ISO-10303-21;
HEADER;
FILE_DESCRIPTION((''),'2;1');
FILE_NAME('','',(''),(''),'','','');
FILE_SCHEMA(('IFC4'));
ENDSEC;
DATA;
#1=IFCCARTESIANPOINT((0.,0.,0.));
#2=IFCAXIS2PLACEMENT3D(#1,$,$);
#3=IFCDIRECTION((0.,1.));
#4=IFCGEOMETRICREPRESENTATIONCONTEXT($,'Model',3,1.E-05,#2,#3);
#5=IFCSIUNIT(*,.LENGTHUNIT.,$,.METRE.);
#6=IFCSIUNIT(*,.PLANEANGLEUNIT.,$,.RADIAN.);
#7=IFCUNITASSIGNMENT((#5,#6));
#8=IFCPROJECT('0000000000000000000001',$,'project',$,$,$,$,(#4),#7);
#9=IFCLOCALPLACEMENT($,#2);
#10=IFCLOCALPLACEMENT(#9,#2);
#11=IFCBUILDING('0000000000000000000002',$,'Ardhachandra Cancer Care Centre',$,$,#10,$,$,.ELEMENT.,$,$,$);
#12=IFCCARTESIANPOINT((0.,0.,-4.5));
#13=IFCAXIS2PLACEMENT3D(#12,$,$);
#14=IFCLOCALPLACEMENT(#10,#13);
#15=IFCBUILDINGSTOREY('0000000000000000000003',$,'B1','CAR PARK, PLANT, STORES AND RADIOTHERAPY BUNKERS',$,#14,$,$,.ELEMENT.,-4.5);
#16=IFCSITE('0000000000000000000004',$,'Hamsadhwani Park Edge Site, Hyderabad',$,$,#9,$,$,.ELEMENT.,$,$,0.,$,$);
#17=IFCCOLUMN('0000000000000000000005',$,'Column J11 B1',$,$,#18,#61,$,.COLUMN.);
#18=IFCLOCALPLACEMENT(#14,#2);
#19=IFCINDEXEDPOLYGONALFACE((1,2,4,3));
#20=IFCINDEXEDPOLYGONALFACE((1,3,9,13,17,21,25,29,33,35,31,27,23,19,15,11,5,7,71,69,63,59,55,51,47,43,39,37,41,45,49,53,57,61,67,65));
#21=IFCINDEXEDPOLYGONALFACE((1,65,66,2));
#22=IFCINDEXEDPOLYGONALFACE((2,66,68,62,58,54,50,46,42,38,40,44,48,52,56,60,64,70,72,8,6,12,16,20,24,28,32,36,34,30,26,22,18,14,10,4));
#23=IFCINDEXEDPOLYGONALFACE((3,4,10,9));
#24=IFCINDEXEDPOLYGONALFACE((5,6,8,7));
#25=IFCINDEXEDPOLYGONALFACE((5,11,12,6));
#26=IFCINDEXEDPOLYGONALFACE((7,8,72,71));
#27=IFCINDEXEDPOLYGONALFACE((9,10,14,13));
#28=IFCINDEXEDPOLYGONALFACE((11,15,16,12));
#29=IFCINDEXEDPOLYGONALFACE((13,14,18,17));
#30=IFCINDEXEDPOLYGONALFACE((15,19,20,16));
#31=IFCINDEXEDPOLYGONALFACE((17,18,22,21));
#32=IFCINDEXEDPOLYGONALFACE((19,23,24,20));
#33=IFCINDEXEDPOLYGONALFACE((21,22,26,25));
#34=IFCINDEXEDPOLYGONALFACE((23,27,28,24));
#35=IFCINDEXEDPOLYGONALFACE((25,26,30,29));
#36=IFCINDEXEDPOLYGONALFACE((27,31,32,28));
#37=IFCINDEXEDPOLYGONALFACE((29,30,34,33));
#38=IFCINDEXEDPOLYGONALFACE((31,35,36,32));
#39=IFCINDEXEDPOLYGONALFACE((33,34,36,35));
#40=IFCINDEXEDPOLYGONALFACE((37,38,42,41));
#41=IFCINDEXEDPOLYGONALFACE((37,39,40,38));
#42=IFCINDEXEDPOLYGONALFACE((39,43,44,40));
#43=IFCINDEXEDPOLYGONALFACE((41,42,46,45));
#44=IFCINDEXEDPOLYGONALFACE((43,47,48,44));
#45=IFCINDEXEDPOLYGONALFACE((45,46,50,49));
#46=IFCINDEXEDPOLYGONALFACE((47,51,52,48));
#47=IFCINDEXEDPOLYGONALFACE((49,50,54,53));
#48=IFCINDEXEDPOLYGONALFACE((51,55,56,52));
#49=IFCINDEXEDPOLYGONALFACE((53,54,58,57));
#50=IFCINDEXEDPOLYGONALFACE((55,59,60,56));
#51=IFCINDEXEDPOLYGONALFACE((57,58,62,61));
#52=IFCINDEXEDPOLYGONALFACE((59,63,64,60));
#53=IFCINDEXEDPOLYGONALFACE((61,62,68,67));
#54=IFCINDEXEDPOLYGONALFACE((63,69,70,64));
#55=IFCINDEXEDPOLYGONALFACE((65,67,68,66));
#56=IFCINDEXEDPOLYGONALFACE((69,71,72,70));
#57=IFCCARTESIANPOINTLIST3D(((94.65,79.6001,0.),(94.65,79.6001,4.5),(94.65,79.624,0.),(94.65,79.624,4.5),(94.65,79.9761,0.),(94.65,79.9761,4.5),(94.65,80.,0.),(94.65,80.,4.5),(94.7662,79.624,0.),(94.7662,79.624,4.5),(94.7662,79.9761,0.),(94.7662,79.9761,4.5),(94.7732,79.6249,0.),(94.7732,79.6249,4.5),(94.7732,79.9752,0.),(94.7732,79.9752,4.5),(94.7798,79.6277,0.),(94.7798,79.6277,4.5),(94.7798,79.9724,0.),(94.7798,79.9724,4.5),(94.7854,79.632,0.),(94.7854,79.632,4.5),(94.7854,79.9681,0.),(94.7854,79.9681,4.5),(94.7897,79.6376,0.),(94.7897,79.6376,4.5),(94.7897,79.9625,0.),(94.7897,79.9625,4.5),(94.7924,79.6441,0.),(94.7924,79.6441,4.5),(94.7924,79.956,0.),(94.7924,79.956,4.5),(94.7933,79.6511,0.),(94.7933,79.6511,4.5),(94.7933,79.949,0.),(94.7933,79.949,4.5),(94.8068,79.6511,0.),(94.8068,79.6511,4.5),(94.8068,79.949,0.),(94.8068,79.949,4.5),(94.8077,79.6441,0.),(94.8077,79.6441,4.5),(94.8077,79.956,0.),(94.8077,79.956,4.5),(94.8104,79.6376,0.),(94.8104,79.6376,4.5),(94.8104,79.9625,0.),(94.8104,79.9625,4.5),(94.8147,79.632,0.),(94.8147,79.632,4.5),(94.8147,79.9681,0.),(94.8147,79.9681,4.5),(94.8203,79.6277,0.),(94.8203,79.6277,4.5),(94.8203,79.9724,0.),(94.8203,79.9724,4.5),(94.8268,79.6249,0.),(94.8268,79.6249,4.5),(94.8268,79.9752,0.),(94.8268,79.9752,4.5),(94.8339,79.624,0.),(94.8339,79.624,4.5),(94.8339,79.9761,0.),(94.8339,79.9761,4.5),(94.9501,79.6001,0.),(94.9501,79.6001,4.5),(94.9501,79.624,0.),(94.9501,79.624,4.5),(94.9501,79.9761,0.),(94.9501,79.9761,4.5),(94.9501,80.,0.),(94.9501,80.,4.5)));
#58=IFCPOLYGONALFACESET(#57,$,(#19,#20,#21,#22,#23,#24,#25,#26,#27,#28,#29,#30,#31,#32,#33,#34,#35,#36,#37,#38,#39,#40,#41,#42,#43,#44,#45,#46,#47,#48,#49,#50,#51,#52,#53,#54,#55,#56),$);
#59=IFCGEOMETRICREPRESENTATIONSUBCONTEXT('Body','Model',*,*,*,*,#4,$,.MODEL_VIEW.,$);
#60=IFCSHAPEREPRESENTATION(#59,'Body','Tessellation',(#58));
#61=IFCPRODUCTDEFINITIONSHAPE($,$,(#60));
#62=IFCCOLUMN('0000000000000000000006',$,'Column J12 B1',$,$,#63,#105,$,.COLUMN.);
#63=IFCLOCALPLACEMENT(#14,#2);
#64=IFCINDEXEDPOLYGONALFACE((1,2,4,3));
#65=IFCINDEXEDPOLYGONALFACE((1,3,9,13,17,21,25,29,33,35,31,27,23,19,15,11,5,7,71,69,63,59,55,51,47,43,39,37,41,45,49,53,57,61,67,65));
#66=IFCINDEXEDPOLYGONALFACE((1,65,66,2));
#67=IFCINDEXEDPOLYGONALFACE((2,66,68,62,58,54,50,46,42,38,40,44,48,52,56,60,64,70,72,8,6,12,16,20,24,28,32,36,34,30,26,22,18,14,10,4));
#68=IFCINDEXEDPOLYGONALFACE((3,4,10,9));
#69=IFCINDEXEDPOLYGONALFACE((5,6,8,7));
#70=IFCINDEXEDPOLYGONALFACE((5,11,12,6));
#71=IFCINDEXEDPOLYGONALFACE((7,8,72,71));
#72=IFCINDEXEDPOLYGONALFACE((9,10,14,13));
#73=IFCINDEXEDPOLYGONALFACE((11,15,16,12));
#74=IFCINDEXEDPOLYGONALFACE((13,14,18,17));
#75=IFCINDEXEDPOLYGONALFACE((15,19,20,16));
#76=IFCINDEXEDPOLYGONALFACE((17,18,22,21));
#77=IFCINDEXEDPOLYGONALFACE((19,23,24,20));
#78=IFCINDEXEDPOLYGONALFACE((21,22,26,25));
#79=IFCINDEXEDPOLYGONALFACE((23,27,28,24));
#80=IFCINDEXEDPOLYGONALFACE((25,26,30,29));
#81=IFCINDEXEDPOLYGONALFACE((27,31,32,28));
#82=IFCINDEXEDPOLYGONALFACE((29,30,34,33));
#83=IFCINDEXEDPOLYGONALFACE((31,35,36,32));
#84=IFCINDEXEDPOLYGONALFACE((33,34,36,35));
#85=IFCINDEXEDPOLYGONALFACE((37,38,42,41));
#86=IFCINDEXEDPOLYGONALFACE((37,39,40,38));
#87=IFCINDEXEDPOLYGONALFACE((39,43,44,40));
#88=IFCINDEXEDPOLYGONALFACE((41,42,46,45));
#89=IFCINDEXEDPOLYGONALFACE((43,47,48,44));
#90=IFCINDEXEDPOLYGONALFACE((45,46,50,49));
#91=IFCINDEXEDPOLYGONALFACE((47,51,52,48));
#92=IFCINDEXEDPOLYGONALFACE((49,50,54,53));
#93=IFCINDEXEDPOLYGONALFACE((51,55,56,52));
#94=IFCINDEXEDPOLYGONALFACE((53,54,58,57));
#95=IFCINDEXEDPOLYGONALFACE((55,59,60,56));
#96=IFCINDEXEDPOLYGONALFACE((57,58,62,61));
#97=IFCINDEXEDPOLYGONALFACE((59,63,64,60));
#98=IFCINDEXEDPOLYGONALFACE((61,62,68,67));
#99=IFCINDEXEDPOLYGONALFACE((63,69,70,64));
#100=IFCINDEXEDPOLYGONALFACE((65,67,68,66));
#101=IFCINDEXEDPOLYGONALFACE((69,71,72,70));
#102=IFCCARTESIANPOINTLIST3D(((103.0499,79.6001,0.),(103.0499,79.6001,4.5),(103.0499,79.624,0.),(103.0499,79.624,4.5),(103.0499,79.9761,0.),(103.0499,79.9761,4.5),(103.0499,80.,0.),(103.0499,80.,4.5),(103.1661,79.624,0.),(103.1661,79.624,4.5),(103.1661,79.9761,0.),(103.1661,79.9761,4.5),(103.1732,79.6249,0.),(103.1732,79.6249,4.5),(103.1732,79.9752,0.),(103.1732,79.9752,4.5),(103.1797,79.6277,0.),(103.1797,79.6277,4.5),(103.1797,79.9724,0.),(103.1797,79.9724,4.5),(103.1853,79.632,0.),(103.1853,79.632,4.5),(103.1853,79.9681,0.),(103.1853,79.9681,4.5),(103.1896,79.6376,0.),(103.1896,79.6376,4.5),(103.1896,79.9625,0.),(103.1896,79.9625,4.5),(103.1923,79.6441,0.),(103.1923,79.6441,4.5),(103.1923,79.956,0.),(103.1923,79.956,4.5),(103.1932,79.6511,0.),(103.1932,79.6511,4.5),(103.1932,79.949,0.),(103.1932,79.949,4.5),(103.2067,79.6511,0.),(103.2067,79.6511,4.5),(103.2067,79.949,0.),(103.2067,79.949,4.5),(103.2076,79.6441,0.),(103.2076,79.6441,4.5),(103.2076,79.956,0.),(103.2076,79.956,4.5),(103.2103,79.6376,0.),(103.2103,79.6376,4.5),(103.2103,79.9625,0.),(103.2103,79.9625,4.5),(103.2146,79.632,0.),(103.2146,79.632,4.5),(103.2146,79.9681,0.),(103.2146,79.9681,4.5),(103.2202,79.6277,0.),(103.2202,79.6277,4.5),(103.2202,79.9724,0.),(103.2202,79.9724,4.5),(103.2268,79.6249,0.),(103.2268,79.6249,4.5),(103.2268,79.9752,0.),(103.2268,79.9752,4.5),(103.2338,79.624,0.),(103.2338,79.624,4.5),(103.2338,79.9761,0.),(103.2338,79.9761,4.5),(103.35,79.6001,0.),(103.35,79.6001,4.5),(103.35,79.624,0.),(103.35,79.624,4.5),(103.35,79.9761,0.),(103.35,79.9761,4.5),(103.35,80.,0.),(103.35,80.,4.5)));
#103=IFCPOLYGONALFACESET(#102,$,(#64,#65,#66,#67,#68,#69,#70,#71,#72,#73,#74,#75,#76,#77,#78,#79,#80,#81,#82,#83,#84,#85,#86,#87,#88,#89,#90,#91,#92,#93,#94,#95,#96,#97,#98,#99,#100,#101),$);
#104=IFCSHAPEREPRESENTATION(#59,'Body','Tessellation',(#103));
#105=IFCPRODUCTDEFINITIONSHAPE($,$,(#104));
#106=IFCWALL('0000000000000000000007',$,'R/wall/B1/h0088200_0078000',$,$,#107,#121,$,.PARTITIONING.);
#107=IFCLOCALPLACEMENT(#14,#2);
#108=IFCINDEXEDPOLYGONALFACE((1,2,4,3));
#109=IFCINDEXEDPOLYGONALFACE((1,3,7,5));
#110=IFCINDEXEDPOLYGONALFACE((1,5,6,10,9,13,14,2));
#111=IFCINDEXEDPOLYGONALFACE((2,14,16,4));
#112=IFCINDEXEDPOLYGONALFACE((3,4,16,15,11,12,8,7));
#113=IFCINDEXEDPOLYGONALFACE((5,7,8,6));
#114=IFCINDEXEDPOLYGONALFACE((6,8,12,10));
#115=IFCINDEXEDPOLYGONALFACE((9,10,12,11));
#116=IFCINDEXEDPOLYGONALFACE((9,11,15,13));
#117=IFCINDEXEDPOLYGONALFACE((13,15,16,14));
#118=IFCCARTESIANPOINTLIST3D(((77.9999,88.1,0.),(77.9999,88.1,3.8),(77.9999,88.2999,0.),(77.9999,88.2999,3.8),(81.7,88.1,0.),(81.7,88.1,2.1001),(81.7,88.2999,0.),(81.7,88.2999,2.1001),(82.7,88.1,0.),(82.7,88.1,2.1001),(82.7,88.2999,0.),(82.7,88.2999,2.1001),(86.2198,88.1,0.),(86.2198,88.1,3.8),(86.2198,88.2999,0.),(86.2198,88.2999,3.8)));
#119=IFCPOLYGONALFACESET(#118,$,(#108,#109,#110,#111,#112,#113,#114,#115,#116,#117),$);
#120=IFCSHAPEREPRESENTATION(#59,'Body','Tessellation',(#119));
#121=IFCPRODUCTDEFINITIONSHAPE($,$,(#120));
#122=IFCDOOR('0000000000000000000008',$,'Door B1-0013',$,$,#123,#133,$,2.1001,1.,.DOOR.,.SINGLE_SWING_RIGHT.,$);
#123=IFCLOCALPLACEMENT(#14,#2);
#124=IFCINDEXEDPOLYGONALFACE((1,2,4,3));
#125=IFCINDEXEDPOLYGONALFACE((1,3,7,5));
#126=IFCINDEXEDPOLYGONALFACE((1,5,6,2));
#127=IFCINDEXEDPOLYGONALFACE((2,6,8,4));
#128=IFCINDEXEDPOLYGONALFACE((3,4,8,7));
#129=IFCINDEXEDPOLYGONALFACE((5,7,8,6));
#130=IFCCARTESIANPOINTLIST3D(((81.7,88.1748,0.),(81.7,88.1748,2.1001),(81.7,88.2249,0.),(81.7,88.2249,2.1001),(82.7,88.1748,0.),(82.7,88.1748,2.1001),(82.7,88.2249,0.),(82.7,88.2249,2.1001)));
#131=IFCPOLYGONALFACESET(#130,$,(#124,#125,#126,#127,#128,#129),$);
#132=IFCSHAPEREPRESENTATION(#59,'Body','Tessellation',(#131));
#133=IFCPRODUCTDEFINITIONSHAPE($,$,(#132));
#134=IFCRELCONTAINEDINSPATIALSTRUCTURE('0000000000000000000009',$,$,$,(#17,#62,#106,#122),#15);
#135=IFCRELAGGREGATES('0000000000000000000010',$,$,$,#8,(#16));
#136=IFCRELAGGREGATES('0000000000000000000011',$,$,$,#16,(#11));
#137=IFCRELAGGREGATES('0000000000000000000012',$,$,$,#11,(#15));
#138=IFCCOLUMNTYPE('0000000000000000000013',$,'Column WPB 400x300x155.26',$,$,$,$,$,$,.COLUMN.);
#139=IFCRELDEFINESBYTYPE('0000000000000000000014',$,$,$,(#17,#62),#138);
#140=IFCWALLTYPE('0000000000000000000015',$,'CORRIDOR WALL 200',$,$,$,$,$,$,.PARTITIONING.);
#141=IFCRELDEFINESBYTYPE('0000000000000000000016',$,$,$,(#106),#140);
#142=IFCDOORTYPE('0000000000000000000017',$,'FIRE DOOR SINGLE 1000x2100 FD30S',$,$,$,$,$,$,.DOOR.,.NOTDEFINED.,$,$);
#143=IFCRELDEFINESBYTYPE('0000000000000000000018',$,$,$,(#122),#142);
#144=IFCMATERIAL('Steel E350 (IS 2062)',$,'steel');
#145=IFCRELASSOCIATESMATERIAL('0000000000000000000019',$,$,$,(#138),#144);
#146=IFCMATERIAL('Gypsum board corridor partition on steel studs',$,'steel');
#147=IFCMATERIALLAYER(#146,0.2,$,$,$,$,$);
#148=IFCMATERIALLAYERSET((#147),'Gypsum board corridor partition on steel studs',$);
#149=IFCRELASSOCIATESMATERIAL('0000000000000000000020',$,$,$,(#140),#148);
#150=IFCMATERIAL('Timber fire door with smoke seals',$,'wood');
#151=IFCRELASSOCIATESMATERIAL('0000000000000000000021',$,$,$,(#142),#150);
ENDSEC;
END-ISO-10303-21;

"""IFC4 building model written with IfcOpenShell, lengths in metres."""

from ifc_helpers import new_model, si_unit, direction, frame, frame_2d, origin, origin_2d, place, context, subcontext, project, spatial, rectangle, i_section, extrude, material, layer, layer_set, material_profile, profile_set, type_object, element, fill, save


model = new_model("IFC4")

# Units and contexts
model_context = context("Model", 3, precision=1e-05, world=origin(), true_north=direction((0.0, 1.0)))
body_context = subcontext(model_context, "Body", "Model", "MODEL_VIEW")
ifc_project = project(units=[si_unit("LENGTHUNIT", "METRE"), si_unit("PLANEANGLEUNIT", "RADIAN")], contexts=[model_context])

# Site, building, storey
site_placement = place(None, origin())
site = spatial("IfcSite", under=ifc_project, at=site_placement, Name="Hamsadhwani Park Edge Site, Hyderabad", CompositionType="ELEMENT", RefElevation=0.0)
building_placement = place(site_placement, origin())
building = spatial("IfcBuilding", under=site, at=building_placement, Name="Ardhachandra Cancer Care Centre", CompositionType="ELEMENT")
storey_placement = place(building_placement, frame((0.0, 0.0, -4.5)))
storey = spatial("IfcBuildingStorey", under=building, at=storey_placement, Name="B1", Description="CAR PARK, PLANT, STORES AND RADIOTHERAPY BUNKERS", CompositionType="ELEMENT", Elevation=-4.5)

# Columns
ifc_material_1 = material(Name="Steel E350 (IS 2062)", Category="steel")
ifc_material_profile_1 = material_profile(ifc_material_1, i_section(OverallWidth=0.3, OverallDepth=0.3999, WebThickness=0.0134, FlangeThickness=0.0239, FilletRadius=0.0271, at=origin_2d()), Name="WPB 400x300x155.26")
ifc_profile_set_1 = profile_set([ifc_material_profile_1], Name="Steel E350 (IS 2062)")
column_type_1 = type_object("IfcColumnType", Name="Column WPB 400x300x155.26", PredefinedType="COLUMN", material=ifc_profile_set_1)
for number, where, z_axis, x_axis, name in (
    (1, (94.8, 79.8, 0.0), (0.0, 0.0, 1.0), (1.0, 0.0, 0.0), "Column J11 B1"),
    (2, (103.2, 79.8, 0.0), (0.0, 0.0, 1.0), (1.0, 0.0, 0.0), "Column J12 B1"),
):
    element("IfcColumn", number, at=place(storey_placement, frame(where, z_axis=z_axis, x_axis=x_axis)), inside=storey, type_object=column_type_1, Name=name, PredefinedType="COLUMN", context=body_context, shape_type="SweptSolid", body=[
        extrude(i_section(OverallWidth=0.3, OverallDepth=0.3999, WebThickness=0.0134, FlangeThickness=0.0239, FilletRadius=0.0271, at=origin_2d()), origin(), (0.0, 0.0, 1.0), 4.5),
    ])

# Wall, opening, door
ifc_material_2 = material(Name="Gypsum board corridor partition on steel studs", Category="steel")
ifc_layer = layer(ifc_material_2, 0.2)
ifc_layer_set = layer_set([ifc_layer], Name="Gypsum board corridor partition on steel studs")
wall_type = type_object("IfcWallType", Name="CORRIDOR WALL 200", PredefinedType="PARTITIONING", material=ifc_layer_set)
wall_placement = place(storey_placement, frame((78.0, 88.2, 0.0), z_axis=(0.0, 0.0, 1.0), x_axis=(1.0, 0.0, 0.0)))
wall = element("IfcWall", 3, at=wall_placement, inside=storey, type_object=wall_type, Name="R/wall/B1/h0088200_0078000", PredefinedType="PARTITIONING", context=body_context, shape_type="SweptSolid", body=[
    extrude(rectangle(XDim=8.22, YDim=0.2, at=frame_2d((4.1099, 0.0))), origin(), (0.0, 0.0, 1.0), 3.8),
])
opening_placement = place(wall_placement, frame((3.7, 0.0, 0.0)))
opening = element("IfcOpeningElement", 4, at=opening_placement, cuts=wall, PredefinedType="OPENING", context=body_context, shape_type="SweptSolid", body=[
    extrude(rectangle(XDim=1.0, YDim=2.1001, at=frame_2d((0.5, 1.05))), frame((0.0, 0.1099, 0.0), z_axis=(0.0, -1.0, 0.0), x_axis=(1.0, 0.0, 0.0)), (0.0, 0.0, 1.0), 0.22),
])
ifc_material_3 = material(Name="Timber fire door with smoke seals", Category="wood")
door_type = type_object("IfcDoorType", Name="FIRE DOOR SINGLE 1000x2100 FD30S", OperationType="NOTDEFINED", PredefinedType="DOOR", material=ifc_material_3)
door_placement = place(opening_placement, origin())
door = element("IfcDoor", 5, at=door_placement, inside=storey, type_object=door_type, Name="Door B1-0013", OperationType="SINGLE_SWING_RIGHT", OverallHeight=2.1001, OverallWidth=1.0, PredefinedType="DOOR", context=body_context, shape_type="SweptSolid", body=[
    extrude(rectangle(XDim=1.0, YDim=2.1001, at=frame_2d((0.5, 1.05))), frame((0.0, 0.0249, 0.0), z_axis=(0.0, -1.0, 0.0), x_axis=(1.0, 0.0, 0.0)), (0.0, 0.0, 1.0), 0.05),
])
fill(opening, door)

save(model, "model.ifc")
